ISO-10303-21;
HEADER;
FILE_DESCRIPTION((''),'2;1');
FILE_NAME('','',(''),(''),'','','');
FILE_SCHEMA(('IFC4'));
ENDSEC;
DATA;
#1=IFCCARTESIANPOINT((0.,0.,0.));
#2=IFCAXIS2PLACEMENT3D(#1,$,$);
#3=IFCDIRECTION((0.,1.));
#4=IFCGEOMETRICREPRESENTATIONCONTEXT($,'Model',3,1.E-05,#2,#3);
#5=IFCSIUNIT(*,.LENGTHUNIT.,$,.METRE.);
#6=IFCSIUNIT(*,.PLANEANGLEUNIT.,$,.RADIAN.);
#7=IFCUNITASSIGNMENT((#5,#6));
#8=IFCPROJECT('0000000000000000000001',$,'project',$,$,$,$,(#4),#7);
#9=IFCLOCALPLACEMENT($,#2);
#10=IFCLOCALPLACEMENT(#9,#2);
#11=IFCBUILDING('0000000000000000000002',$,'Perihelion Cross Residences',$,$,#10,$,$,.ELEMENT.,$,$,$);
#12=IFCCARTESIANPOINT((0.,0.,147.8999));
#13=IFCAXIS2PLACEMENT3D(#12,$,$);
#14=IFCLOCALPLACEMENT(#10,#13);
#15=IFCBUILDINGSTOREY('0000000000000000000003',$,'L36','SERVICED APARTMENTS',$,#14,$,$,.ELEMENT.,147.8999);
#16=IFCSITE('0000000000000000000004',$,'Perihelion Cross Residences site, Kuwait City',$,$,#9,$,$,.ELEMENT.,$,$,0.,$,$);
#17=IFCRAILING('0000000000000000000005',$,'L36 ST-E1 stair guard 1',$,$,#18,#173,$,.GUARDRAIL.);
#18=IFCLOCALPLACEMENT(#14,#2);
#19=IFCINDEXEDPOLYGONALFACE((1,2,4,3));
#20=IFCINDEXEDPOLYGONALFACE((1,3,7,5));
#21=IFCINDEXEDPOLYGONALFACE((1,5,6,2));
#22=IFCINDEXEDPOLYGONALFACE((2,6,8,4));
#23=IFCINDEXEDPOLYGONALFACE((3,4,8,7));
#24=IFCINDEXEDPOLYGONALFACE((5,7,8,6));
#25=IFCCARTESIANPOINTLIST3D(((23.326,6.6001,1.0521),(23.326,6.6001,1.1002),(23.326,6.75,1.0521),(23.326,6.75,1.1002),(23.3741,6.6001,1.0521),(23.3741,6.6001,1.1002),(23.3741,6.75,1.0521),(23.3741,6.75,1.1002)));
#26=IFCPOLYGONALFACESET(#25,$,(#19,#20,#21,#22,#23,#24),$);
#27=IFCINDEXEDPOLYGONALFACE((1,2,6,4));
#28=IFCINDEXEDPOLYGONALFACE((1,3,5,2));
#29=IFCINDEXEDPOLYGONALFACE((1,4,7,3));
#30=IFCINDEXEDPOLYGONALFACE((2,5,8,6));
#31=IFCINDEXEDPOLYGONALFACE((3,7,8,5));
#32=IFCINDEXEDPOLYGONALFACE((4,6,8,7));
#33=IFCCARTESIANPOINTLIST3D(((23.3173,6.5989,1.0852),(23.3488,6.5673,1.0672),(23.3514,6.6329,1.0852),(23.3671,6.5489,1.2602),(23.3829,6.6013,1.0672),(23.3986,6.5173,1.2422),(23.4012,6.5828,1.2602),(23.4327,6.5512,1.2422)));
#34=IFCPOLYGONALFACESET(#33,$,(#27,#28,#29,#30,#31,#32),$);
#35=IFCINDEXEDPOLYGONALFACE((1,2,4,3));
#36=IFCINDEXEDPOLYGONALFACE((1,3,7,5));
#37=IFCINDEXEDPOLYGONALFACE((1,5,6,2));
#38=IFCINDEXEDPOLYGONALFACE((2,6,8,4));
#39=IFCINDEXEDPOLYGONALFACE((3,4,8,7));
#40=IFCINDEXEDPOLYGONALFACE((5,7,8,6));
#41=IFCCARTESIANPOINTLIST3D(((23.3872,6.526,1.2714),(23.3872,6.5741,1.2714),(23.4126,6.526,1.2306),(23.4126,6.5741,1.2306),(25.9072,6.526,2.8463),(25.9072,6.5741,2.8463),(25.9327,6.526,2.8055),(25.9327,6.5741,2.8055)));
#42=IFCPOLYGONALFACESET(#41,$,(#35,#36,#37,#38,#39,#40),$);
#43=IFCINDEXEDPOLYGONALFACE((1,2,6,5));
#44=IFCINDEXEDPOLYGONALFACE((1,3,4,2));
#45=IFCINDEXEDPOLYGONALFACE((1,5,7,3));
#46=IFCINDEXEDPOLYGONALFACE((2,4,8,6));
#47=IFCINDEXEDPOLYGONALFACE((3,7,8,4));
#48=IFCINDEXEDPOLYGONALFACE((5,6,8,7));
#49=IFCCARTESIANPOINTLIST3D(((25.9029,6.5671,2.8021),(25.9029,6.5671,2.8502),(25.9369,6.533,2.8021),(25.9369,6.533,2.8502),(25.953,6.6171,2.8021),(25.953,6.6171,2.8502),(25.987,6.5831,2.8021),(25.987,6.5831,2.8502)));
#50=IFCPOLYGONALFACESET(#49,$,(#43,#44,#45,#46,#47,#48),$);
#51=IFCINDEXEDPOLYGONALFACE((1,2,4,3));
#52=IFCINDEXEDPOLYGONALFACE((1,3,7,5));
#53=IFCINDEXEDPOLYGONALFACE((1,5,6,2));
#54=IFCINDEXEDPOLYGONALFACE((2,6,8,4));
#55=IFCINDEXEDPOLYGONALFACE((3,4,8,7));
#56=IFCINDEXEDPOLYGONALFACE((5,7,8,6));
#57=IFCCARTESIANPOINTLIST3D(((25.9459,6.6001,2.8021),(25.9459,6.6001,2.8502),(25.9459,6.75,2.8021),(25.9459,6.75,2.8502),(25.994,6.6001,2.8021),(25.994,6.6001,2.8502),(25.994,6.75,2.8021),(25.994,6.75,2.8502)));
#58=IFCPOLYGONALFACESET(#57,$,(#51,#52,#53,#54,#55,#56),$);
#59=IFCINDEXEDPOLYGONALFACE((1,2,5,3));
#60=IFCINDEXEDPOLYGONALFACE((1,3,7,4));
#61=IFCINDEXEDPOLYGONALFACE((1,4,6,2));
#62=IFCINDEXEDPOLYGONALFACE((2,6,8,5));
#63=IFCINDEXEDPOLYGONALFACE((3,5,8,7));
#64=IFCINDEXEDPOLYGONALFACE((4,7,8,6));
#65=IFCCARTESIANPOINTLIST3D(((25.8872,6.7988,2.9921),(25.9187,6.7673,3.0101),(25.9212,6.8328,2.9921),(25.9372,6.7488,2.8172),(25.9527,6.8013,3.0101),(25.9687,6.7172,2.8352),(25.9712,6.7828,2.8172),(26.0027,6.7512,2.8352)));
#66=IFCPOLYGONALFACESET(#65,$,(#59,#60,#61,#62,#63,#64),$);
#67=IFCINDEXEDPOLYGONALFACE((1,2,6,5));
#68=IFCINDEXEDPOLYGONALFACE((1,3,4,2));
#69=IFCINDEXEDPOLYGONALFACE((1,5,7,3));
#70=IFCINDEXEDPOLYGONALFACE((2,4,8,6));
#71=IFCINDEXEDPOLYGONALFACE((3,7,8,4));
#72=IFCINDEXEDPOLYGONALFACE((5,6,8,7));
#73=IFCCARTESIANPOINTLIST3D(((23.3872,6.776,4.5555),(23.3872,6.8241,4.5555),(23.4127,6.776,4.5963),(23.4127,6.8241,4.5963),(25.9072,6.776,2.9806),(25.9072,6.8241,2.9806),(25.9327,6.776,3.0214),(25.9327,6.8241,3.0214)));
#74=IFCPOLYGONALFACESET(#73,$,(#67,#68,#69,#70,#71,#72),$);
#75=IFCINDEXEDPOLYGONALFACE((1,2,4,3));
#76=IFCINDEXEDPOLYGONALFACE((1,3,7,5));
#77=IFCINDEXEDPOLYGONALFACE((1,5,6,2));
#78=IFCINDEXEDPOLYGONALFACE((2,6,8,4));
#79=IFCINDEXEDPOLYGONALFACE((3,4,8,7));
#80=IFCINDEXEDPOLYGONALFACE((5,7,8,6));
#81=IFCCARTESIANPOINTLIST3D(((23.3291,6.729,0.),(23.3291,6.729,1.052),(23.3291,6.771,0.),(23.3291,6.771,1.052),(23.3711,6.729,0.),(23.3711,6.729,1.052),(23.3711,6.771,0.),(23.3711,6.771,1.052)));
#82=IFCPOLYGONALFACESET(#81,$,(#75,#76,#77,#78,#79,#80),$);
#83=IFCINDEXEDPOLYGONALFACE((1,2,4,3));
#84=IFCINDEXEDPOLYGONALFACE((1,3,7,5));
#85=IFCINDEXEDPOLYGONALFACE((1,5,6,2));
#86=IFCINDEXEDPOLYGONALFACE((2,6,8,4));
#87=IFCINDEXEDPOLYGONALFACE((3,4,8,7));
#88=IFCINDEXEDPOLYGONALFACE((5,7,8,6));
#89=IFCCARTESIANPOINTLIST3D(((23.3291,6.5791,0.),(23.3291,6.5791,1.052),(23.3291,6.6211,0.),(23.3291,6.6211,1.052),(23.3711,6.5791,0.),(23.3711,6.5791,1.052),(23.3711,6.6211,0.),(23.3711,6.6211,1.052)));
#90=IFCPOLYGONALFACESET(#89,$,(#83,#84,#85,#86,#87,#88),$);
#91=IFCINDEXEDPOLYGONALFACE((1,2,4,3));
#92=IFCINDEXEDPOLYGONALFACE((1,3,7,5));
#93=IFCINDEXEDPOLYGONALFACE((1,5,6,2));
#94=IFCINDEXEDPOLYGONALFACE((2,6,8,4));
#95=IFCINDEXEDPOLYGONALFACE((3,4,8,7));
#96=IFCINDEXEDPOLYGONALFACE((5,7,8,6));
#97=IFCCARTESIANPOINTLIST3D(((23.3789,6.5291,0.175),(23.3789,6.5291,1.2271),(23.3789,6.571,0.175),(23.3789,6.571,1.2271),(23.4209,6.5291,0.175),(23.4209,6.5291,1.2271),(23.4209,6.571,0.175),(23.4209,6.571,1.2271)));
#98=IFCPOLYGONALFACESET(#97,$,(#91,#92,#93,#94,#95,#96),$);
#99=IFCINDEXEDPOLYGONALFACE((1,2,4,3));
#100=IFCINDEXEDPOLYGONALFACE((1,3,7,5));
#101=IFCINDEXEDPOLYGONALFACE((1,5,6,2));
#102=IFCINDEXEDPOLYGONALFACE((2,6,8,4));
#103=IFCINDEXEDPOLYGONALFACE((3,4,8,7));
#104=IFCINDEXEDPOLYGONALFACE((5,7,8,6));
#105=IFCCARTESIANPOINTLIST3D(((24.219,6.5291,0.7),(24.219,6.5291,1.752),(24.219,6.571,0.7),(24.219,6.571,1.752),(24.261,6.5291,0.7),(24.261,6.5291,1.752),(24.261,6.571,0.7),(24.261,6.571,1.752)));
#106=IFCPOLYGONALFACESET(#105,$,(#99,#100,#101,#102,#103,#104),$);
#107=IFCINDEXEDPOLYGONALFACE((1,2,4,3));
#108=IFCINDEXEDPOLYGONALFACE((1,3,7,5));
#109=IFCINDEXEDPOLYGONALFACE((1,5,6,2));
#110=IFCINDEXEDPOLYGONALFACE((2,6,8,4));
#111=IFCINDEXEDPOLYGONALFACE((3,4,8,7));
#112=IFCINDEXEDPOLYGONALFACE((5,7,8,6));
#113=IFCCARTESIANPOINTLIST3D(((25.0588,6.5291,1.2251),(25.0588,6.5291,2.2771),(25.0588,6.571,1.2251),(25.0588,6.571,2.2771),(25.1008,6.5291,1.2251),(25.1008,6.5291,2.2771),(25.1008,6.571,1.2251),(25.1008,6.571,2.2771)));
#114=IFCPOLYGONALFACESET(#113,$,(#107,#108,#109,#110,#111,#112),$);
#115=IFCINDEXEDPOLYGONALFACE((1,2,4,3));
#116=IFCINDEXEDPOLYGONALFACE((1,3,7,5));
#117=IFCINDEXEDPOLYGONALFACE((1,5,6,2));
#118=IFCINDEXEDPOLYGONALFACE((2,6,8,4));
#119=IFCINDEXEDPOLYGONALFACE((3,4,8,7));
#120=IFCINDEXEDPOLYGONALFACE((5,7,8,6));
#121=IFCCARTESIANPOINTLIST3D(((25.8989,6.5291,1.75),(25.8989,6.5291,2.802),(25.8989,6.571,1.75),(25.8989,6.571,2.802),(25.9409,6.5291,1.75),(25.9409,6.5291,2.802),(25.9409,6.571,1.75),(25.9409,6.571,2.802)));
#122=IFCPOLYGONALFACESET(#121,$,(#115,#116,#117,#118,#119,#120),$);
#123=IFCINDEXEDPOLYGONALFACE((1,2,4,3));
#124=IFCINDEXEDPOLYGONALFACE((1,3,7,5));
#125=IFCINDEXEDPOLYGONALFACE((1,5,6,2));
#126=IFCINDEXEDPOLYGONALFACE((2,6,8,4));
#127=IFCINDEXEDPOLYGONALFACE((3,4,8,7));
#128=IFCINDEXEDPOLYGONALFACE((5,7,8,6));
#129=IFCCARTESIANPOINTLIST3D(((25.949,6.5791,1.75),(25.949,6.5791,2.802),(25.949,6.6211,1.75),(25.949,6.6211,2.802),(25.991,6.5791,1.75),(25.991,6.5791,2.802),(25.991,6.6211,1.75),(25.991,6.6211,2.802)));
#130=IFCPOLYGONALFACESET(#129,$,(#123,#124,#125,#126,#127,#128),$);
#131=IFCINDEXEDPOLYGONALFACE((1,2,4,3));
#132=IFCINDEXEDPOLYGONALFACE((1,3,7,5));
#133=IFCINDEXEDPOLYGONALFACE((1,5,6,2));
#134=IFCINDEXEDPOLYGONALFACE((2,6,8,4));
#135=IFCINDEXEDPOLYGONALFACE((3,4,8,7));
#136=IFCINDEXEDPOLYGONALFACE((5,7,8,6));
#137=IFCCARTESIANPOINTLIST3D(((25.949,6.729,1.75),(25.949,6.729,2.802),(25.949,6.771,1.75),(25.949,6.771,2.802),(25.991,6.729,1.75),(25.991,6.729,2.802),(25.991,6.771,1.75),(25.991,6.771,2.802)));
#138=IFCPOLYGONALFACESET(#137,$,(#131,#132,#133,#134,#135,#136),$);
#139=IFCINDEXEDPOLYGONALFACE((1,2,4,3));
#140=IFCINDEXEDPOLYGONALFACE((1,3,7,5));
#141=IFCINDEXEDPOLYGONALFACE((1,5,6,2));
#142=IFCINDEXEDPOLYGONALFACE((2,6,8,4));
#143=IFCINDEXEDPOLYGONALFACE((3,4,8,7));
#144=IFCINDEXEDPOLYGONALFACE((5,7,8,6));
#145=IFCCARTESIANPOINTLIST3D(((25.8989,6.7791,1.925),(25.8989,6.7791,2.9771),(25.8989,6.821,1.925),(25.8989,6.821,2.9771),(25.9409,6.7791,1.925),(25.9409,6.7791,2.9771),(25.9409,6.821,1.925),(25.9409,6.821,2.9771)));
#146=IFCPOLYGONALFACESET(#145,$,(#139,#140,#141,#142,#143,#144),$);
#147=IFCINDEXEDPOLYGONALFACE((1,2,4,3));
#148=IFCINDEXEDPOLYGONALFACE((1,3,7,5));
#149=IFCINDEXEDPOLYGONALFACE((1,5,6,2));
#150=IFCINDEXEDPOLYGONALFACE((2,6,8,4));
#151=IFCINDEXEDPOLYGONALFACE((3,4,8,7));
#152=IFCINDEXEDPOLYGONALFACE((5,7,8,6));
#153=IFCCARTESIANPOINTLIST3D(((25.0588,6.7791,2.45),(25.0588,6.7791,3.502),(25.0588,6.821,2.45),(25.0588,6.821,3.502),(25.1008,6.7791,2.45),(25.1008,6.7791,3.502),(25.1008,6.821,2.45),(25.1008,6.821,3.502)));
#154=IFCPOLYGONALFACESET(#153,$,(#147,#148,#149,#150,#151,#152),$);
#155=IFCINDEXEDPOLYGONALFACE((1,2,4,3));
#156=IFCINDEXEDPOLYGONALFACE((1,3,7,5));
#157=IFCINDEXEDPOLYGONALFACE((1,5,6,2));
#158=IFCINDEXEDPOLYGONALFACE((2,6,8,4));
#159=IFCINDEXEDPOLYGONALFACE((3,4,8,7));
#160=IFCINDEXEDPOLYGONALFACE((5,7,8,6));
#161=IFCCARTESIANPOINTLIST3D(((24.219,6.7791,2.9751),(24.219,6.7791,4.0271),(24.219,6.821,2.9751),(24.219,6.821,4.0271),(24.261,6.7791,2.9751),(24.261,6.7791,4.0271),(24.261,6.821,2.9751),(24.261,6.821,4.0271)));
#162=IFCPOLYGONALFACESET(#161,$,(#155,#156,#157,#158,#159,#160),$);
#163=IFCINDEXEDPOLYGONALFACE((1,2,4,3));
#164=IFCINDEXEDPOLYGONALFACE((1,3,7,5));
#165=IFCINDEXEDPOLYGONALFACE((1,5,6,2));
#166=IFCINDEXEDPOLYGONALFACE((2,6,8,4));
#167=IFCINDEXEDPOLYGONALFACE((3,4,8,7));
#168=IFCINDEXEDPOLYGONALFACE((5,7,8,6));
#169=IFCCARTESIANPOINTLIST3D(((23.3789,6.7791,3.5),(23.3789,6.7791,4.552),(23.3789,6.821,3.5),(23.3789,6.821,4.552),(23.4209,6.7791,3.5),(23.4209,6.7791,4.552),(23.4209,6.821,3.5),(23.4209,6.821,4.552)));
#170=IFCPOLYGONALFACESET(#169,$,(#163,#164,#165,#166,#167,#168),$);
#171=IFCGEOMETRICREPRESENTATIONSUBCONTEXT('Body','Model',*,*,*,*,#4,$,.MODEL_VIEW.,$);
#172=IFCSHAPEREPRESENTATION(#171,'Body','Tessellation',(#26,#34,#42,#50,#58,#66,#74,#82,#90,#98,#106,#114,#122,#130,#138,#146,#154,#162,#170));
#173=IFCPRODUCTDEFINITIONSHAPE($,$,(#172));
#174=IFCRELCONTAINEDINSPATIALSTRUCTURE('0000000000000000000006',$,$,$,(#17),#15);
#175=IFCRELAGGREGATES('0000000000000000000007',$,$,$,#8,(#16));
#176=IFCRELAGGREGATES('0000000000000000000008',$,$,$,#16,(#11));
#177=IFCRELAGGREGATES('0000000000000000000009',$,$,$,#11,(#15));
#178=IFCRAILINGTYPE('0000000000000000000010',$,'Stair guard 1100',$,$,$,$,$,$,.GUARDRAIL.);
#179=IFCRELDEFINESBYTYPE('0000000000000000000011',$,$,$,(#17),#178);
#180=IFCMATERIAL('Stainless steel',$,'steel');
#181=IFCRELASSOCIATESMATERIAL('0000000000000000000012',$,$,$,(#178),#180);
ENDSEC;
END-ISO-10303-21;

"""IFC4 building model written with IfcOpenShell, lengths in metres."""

from ifc_helpers import new_model, si_unit, direction, frame, origin, origin_2d, place, context, subcontext, project, spatial, rectangle, extrude, material, type_object, element, save


model = new_model("IFC4")

# Units and contexts
model_context = context("Model", 3, precision=1e-05, world=origin(), true_north=direction((0.0, 1.0)))
body_context = subcontext(model_context, "Body", "Model", "MODEL_VIEW")
ifc_project = project(units=[si_unit("LENGTHUNIT", "METRE"), si_unit("PLANEANGLEUNIT", "RADIAN")], contexts=[model_context])

# Site, building, storey
site_placement = place(None, origin())
site = spatial("IfcSite", under=ifc_project, at=site_placement, Name="Perihelion Cross Residences site, Kuwait City", CompositionType="ELEMENT", RefElevation=0.0)
building_placement = place(site_placement, origin())
building = spatial("IfcBuilding", under=site, at=building_placement, Name="Perihelion Cross Residences", CompositionType="ELEMENT")
storey_placement = place(building_placement, frame((0.0, 0.0, 147.8999)))
storey = spatial("IfcBuildingStorey", under=building, at=storey_placement, Name="L36", Description="SERVICED APARTMENTS", CompositionType="ELEMENT", Elevation=147.8999)

# Railing
ifc_material_1 = material(Name="Stainless steel", Category="steel")
railing_type_1 = type_object("IfcRailingType", Name="Stair guard 1100", PredefinedType="GUARDRAIL", material=ifc_material_1)
railing_1_placement = place(storey_placement, frame((23.3501, 6.75, 0.0)))
element("IfcRailing", 1, at=railing_1_placement, inside=storey, type_object=railing_type_1, Name="L36 ST-E1 stair guard 1", PredefinedType="GUARDRAIL", context=body_context, shape_type="SweptSolid", body=[
    extrude(rectangle(XDim=0.0481, YDim=0.0481, at=origin_2d()), frame((0.0, 0.0, 1.0762), z_axis=(0.0, -1.0, 0.0), x_axis=(1.0, 0.0, 0.0)), (0.0, 0.0, 1.0), 0.1499),
    extrude(rectangle(XDim=0.0481, YDim=0.0481, at=origin_2d()), frame((0.0, -0.1499, 1.0762), z_axis=(0.263862, -0.265156, 0.927399), x_axis=(0.708834, 0.705376, 0.0)), (0.0, 0.0, 1.0), 0.1887),
    extrude(rectangle(XDim=0.0481, YDim=0.0481, at=origin_2d()), frame((0.0498, -0.2, 1.251), z_axis=(0.848008, 0.0, 0.529984), x_axis=(0.0, 1.0, 0.0)), (0.0, 0.0, 1.0), 2.9717),
    extrude(rectangle(XDim=0.0481, YDim=0.0481, at=origin_2d()), frame((2.5698, -0.2, 2.8262), z_axis=(0.707107, 0.707107, 0.0), x_axis=(-0.707107, 0.707107, 0.0)), (0.0, 0.0, 1.0), 0.0708),
    extrude(rectangle(XDim=0.0481, YDim=0.0481, at=origin_2d()), frame((2.6199, -0.1499, 2.8262), z_axis=(0.0, 1.0, 0.0), x_axis=(-1.0, 0.0, 0.0)), (0.0, 0.0, 1.0), 0.1499),
    extrude(rectangle(XDim=0.0481, YDim=0.0481, at=origin_2d()), frame((2.6199, 0.0, 2.8262), z_axis=(-0.265065, 0.265065, 0.927082), x_axis=(-0.707107, -0.707107, 0.0)), (0.0, 0.0, 1.0), 0.1887),
    extrude(rectangle(XDim=0.0481, YDim=0.0481, at=origin_2d()), frame((2.5698, 0.05, 3.001), z_axis=(-0.848008, 0.0, 0.529984), x_axis=(0.0, -1.0, 0.0)), (0.0, 0.0, 1.0), 2.9717),
    extrude(rectangle(XDim=0.042, YDim=0.042, at=origin_2d()), origin(), (0.0, 0.0, 1.0), 1.052),
    extrude(rectangle(XDim=0.042, YDim=0.042, at=origin_2d()), frame((0.0, -0.1499, 0.0)), (0.0, 0.0, 1.0), 1.052),
    extrude(rectangle(XDim=0.042, YDim=0.042, at=origin_2d()), frame((0.0498, -0.2, 0.175)), (0.0, 0.0, 1.0), 1.052),
    extrude(rectangle(XDim=0.042, YDim=0.042, at=origin_2d()), frame((0.8899, -0.2, 0.7)), (0.0, 0.0, 1.0), 1.052),
    extrude(rectangle(XDim=0.042, YDim=0.042, at=origin_2d()), frame((1.7297, -0.2, 1.2251)), (0.0, 0.0, 1.0), 1.052),
    extrude(rectangle(XDim=0.042, YDim=0.042, at=origin_2d()), frame((2.5698, -0.2, 1.75)), (0.0, 0.0, 1.0), 1.052),
    extrude(rectangle(XDim=0.042, YDim=0.042, at=origin_2d()), frame((2.6199, -0.1499, 1.75)), (0.0, 0.0, 1.0), 1.052),
    extrude(rectangle(XDim=0.042, YDim=0.042, at=origin_2d()), frame((2.6199, 0.0, 1.75)), (0.0, 0.0, 1.0), 1.052),
    extrude(rectangle(XDim=0.042, YDim=0.042, at=origin_2d()), frame((2.5698, 0.05, 1.925)), (0.0, 0.0, 1.0), 1.052),
    extrude(rectangle(XDim=0.042, YDim=0.042, at=origin_2d()), frame((1.7297, 0.05, 2.45)), (0.0, 0.0, 1.0), 1.052),
    extrude(rectangle(XDim=0.042, YDim=0.042, at=origin_2d()), frame((0.8899, 0.05, 2.9751)), (0.0, 0.0, 1.0), 1.052),
    extrude(rectangle(XDim=0.042, YDim=0.042, at=origin_2d()), frame((0.0498, 0.05, 3.5)), (0.0, 0.0, 1.0), 1.052),
])

save(model, "model.ifc")
